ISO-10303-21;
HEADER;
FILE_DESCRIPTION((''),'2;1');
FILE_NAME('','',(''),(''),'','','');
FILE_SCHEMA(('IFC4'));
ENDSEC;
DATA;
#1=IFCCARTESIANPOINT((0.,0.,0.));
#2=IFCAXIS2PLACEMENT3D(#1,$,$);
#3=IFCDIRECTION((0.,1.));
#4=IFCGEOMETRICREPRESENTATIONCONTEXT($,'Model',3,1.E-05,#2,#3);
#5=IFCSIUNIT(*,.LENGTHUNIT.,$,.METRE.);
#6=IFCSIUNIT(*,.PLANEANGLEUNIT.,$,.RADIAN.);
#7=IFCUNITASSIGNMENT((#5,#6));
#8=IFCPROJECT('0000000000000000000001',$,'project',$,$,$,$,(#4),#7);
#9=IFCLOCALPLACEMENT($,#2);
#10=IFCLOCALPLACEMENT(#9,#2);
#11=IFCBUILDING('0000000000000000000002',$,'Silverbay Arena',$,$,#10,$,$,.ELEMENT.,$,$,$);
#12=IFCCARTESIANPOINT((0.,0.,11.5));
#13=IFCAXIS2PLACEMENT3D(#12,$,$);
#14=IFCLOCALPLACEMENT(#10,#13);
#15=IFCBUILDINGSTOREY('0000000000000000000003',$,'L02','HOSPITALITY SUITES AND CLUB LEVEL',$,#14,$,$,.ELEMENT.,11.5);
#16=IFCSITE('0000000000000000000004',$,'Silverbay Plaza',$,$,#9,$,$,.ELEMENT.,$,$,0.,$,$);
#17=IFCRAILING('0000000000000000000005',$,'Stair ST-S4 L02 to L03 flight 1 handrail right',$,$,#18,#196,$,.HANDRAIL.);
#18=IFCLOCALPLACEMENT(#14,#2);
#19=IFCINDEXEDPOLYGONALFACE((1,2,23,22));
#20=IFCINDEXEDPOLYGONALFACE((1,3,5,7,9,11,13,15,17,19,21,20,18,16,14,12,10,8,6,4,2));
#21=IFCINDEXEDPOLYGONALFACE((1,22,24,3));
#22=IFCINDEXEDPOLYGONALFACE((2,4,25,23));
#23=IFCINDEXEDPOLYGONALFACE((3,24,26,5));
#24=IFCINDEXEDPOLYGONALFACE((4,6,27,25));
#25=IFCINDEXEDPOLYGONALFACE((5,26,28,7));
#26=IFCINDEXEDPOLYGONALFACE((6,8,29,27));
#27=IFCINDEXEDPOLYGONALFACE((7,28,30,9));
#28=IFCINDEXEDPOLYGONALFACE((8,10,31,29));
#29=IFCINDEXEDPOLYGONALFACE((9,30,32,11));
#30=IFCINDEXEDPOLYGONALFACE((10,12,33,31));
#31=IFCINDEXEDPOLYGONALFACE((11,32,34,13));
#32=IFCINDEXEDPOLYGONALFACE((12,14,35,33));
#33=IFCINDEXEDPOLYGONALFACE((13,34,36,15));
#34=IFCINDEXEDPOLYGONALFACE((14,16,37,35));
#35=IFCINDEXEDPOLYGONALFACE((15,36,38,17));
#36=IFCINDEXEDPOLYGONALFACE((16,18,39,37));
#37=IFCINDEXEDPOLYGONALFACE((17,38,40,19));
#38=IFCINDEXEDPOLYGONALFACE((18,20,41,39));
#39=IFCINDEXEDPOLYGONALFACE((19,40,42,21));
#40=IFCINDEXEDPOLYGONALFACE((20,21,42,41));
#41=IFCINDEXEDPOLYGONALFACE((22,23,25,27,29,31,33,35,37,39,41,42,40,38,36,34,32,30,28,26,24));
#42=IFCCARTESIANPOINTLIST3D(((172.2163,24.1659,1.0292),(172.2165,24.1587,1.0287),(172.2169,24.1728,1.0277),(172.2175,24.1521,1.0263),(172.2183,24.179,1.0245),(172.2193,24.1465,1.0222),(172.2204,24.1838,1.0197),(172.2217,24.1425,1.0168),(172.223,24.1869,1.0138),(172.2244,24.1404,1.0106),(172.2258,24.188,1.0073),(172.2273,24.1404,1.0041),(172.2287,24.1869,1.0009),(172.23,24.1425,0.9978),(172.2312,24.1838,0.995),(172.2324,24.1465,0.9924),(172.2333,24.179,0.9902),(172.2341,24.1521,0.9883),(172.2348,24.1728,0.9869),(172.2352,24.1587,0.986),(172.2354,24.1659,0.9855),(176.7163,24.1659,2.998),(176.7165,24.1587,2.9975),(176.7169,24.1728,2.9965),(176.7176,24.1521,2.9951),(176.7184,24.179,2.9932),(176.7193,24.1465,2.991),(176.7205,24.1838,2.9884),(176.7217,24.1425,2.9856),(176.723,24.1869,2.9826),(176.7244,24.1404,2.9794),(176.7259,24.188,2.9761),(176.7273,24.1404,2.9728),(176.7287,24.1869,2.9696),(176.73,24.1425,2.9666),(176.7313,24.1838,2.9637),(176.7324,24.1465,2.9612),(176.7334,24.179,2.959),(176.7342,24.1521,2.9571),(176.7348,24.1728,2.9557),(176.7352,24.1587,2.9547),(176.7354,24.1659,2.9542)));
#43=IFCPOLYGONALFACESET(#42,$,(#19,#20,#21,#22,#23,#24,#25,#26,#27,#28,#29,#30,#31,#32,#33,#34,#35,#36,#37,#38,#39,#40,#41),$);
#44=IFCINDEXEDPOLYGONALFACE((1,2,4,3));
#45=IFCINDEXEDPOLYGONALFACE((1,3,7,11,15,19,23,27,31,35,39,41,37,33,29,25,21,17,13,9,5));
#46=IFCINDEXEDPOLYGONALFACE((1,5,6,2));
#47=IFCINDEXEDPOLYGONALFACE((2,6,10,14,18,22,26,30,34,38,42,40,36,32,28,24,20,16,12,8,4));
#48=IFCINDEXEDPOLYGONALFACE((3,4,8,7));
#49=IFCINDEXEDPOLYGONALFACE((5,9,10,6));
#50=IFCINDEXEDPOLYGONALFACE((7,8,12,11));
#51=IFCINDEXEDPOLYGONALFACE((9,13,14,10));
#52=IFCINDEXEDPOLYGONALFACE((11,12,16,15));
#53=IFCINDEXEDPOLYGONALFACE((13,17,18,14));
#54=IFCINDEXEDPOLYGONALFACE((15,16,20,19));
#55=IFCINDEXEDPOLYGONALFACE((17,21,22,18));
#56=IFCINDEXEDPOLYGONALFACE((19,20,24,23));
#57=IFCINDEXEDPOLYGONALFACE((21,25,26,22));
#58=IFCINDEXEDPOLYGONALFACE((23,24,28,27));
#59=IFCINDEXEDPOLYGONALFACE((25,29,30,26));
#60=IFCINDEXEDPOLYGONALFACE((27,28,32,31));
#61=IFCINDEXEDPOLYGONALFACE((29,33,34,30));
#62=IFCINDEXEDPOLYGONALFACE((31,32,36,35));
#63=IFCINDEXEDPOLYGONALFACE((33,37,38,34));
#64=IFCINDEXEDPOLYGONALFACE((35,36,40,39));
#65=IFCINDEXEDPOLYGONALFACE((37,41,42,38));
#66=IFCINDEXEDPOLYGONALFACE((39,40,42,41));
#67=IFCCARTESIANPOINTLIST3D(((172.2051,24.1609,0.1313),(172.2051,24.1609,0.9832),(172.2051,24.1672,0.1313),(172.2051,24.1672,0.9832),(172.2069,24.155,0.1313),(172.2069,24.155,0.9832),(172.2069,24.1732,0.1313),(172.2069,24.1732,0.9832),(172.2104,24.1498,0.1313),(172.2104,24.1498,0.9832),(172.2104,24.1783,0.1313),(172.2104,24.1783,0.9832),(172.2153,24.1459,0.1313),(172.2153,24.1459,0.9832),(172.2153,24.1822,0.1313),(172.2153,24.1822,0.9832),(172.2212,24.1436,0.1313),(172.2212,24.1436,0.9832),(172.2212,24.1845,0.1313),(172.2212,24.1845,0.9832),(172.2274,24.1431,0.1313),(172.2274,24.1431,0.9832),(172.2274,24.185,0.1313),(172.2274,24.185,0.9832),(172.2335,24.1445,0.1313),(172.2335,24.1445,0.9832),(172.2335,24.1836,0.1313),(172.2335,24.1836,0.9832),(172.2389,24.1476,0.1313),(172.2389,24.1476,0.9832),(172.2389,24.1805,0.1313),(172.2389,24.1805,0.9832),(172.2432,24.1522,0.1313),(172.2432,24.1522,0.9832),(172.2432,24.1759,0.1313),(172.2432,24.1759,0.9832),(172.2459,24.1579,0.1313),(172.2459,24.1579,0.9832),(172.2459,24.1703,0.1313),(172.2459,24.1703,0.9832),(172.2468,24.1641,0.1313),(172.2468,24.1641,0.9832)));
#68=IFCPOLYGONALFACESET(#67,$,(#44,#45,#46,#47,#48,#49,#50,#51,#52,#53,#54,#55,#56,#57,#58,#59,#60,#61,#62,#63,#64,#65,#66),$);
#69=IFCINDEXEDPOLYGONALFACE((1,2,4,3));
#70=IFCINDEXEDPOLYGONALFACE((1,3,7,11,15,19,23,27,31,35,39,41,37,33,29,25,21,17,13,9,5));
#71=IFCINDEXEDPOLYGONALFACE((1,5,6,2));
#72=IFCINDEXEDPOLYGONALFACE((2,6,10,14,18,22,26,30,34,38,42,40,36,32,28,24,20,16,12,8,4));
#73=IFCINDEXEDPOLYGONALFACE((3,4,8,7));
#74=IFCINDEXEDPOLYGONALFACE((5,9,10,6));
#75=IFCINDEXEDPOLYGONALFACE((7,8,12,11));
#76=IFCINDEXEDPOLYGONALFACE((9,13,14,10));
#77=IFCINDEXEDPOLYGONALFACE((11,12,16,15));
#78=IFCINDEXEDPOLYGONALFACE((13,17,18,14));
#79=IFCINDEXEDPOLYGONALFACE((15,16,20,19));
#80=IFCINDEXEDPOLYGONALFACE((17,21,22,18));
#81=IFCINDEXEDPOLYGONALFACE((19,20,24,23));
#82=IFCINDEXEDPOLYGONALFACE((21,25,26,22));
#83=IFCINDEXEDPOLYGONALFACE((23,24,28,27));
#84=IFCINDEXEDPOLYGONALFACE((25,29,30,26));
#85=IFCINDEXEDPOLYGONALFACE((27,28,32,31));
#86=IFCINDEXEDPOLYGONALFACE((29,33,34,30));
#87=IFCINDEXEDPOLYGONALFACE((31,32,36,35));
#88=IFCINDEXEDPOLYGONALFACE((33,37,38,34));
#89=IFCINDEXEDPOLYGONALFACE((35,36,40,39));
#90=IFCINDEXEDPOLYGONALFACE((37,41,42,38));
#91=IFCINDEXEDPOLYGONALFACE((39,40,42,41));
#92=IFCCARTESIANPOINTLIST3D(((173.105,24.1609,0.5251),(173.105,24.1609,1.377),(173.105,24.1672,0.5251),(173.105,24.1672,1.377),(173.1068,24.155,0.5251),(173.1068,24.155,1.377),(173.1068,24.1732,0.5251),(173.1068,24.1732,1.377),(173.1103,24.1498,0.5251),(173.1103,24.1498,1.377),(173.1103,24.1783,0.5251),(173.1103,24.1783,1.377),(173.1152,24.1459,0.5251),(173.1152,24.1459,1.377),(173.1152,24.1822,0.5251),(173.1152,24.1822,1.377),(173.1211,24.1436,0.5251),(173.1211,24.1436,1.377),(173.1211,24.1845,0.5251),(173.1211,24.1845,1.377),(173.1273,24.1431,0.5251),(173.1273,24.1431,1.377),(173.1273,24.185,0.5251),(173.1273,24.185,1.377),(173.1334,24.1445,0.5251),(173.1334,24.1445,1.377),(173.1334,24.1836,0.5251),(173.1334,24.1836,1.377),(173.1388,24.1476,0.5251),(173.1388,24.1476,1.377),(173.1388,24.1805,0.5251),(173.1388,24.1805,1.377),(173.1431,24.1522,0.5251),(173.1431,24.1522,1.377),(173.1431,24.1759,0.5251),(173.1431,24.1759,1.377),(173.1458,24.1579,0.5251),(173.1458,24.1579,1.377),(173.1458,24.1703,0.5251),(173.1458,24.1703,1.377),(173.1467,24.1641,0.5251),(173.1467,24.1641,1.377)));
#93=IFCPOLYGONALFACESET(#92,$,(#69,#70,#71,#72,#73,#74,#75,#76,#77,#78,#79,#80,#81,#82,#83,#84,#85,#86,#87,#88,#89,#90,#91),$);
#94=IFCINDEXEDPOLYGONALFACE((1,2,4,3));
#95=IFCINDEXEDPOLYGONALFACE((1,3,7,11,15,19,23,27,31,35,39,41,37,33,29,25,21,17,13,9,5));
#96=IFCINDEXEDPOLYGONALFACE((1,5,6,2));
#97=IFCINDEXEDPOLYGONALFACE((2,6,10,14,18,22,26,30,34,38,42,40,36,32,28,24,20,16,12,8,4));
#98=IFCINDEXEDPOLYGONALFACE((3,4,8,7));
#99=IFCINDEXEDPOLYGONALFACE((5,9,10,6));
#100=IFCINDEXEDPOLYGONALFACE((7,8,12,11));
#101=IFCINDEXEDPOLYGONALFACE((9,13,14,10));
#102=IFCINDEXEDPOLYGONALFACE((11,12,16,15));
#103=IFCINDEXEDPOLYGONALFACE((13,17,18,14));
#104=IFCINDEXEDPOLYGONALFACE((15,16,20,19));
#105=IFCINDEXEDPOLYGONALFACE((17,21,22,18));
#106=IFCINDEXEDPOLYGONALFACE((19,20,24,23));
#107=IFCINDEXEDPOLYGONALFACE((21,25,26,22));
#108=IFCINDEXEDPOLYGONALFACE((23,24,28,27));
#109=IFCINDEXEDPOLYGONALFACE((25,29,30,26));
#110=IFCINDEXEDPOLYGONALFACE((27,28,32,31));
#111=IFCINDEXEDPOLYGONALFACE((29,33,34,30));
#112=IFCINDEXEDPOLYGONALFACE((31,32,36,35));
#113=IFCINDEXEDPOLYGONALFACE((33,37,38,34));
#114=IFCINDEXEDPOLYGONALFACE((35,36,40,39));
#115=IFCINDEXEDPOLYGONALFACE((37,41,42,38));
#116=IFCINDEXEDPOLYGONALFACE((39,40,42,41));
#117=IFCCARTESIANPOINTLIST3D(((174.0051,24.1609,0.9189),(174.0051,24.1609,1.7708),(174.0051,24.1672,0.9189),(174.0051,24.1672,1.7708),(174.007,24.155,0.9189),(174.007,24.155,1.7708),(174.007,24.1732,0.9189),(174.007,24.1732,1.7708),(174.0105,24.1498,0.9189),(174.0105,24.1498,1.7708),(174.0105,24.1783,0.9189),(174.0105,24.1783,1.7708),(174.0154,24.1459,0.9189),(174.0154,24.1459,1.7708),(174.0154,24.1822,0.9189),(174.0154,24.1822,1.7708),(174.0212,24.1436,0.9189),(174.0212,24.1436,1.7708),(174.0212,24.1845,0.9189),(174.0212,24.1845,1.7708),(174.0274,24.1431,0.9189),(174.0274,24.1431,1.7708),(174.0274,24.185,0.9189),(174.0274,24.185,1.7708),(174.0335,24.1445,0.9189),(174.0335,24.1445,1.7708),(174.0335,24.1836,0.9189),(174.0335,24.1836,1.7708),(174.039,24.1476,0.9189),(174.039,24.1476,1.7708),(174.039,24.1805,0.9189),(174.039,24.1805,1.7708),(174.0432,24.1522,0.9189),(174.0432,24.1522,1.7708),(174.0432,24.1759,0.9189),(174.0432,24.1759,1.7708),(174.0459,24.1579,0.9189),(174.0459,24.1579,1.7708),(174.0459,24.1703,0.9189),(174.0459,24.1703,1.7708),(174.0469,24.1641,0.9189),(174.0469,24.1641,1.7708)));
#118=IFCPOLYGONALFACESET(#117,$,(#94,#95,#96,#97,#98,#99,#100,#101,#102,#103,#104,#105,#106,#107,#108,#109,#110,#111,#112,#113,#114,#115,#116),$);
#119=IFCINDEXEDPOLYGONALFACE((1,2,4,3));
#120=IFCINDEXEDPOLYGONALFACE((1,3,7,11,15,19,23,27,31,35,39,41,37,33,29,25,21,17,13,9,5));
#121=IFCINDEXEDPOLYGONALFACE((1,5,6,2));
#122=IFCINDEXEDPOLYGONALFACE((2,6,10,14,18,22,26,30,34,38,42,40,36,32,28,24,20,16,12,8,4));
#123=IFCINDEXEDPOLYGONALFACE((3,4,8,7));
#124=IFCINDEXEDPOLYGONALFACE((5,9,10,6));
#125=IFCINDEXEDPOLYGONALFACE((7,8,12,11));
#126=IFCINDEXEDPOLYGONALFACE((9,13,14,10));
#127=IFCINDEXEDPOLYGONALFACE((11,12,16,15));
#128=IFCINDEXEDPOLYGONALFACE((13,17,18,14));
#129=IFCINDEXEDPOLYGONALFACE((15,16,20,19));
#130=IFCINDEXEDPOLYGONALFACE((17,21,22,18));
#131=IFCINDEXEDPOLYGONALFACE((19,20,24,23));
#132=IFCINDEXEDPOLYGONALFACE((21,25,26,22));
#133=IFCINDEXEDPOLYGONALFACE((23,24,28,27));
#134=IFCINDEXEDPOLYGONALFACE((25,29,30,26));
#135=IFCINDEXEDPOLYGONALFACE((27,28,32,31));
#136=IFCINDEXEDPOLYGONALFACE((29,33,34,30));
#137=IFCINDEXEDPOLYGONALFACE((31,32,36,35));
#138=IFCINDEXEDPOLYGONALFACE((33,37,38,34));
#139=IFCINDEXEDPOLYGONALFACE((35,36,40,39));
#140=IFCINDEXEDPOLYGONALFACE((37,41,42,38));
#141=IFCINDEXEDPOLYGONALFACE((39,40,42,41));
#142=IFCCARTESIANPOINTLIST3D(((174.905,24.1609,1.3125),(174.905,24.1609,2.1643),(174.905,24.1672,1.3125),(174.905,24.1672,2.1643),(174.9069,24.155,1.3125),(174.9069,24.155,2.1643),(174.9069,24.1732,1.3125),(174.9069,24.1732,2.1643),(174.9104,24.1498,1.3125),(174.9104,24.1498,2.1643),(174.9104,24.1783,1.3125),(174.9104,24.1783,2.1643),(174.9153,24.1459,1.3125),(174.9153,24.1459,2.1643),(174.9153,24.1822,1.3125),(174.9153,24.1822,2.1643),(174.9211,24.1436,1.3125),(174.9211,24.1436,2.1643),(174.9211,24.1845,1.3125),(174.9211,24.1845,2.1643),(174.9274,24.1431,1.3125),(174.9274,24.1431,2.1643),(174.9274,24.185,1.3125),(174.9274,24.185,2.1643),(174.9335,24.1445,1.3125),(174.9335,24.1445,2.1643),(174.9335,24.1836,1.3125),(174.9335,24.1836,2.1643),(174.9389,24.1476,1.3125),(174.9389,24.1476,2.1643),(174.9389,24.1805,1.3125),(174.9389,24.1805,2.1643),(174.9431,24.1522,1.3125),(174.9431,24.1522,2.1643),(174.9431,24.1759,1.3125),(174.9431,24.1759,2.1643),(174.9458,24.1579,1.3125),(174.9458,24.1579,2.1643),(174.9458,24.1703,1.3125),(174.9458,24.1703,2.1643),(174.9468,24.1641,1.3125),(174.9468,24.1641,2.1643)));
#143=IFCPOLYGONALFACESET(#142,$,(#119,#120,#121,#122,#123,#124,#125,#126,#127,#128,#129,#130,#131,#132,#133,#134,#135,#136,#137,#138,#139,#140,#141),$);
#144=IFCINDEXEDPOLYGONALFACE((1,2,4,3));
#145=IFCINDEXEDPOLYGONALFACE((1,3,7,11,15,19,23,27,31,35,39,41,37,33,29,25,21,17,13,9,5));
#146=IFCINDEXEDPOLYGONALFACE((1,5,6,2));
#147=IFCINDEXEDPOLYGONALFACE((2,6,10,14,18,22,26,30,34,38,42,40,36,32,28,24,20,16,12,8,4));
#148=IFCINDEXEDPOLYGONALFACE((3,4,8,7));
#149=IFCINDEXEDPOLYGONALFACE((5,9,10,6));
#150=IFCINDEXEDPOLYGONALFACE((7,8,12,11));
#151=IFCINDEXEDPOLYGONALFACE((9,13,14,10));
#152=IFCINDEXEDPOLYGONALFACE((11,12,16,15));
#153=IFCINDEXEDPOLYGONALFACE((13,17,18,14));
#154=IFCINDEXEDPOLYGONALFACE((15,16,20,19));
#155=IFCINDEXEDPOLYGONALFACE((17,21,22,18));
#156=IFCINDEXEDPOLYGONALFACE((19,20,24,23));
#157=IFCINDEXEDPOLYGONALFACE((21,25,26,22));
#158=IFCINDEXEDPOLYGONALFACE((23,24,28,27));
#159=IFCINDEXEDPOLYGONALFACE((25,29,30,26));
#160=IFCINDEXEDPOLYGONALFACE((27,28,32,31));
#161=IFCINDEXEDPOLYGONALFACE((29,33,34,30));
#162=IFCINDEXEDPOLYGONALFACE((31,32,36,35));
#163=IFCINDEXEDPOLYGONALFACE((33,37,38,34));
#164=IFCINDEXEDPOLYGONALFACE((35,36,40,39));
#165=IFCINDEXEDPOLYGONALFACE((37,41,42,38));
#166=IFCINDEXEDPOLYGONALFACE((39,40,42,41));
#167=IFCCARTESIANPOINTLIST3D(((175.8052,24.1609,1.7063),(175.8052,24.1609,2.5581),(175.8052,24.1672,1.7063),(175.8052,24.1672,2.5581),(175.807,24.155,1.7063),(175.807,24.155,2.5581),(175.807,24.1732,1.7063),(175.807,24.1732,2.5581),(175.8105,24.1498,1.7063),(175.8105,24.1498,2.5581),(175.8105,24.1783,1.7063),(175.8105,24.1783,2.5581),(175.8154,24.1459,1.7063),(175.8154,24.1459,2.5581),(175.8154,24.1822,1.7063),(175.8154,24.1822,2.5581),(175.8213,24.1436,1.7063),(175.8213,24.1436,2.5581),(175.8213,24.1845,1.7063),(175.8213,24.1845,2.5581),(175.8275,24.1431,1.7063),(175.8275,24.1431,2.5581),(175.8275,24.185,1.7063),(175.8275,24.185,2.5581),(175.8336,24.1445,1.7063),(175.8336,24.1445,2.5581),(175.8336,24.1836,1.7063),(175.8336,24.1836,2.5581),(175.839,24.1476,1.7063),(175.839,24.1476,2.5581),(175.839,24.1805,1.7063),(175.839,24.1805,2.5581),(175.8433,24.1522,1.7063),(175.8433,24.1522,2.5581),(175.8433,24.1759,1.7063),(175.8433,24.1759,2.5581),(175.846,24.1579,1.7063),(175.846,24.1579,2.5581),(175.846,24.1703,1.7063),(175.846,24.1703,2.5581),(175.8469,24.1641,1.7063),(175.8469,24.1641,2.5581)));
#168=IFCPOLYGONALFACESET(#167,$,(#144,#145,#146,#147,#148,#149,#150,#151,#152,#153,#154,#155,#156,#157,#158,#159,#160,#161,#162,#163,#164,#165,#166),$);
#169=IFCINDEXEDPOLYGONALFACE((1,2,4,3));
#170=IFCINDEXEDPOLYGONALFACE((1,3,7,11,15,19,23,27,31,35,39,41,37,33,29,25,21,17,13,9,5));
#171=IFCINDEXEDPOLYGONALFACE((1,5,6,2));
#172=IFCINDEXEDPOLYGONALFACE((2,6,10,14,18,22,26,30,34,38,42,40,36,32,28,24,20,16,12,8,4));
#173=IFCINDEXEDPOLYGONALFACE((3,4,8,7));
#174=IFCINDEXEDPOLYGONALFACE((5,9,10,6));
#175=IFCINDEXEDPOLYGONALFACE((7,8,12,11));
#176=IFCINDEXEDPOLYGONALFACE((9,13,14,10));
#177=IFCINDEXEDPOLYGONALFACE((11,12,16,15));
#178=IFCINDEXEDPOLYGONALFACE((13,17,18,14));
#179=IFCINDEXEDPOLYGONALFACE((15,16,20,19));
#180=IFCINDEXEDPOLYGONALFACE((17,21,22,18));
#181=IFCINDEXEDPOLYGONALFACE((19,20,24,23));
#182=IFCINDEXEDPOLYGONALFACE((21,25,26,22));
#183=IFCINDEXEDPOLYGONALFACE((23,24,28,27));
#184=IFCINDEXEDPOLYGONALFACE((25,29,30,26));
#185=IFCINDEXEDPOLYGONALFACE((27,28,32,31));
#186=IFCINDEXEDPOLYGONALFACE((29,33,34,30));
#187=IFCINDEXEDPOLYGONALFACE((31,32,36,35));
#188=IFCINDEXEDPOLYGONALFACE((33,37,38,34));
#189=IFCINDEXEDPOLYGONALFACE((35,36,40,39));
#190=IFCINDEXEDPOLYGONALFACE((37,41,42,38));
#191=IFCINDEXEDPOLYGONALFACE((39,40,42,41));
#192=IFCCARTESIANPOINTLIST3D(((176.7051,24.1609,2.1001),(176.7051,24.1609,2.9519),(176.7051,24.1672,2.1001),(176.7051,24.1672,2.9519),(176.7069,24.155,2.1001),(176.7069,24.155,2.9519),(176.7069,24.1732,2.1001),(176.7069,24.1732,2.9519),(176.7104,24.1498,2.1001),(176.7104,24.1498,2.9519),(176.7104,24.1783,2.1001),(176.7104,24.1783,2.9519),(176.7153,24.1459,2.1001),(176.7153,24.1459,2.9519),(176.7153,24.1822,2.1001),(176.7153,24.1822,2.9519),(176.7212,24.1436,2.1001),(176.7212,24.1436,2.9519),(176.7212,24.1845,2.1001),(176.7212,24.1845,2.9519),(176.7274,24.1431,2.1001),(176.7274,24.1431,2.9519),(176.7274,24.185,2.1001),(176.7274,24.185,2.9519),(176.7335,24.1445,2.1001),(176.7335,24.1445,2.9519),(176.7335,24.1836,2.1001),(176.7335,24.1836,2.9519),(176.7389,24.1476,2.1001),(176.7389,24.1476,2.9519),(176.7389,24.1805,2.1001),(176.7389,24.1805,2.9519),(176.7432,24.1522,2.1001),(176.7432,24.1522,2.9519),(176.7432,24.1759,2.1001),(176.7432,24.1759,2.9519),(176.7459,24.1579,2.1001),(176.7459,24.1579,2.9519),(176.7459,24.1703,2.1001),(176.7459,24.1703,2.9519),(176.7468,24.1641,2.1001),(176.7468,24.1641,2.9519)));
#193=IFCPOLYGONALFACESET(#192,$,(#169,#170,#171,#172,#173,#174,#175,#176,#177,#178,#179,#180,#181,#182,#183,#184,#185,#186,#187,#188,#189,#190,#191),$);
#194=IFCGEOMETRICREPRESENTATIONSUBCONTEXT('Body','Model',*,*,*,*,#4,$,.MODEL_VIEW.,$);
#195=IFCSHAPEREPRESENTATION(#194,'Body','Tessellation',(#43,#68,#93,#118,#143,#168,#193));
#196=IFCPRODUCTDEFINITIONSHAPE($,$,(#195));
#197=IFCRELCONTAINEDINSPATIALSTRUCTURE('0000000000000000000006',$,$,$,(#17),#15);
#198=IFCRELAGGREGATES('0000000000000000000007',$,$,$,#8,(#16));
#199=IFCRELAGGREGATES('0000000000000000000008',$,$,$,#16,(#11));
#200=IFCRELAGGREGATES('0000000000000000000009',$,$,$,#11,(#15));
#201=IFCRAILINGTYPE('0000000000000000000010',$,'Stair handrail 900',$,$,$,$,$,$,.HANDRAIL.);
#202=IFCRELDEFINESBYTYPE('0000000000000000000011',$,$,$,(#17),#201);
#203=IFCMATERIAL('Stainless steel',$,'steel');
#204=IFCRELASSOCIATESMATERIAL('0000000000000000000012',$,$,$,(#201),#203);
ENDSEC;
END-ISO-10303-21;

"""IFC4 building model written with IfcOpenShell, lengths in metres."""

from ifc_helpers import new_model, si_unit, direction, frame, origin, origin_2d, place, context, subcontext, project, spatial, circle, extrude, material, type_object, element, save


model = new_model("IFC4")

# Units and contexts
model_context = context("Model", 3, precision=1e-05, world=origin(), true_north=direction((0.0, 1.0)))
body_context = subcontext(model_context, "Body", "Model", "MODEL_VIEW")
ifc_project = project(units=[si_unit("LENGTHUNIT", "METRE"), si_unit("PLANEANGLEUNIT", "RADIAN")], contexts=[model_context])

# Site, building, storey
site_placement = place(None, origin())
site = spatial("IfcSite", under=ifc_project, at=site_placement, Name="Silverbay Plaza", CompositionType="ELEMENT", RefElevation=0.0)
building_placement = place(site_placement, origin())
building = spatial("IfcBuilding", under=site, at=building_placement, Name="Silverbay Arena", CompositionType="ELEMENT")
storey_placement = place(building_placement, frame((0.0, 0.0, 11.5)))
storey = spatial("IfcBuildingStorey", under=building, at=storey_placement, Name="L02", Description="HOSPITALITY SUITES AND CLUB LEVEL", CompositionType="ELEMENT", Elevation=11.5)

# Railing
ifc_material_1 = material(Name="Stainless steel", Category="steel")
railing_type_1 = type_object("IfcRailingType", Name="Stair handrail 900", PredefinedType="HANDRAIL", material=ifc_material_1)
for number, where, name in (
    (1, (172.2258, 24.1641, 0.1313), "Stair ST-S4 L02 to L03 flight 1 handrail right"),
):
    element("IfcRailing", number, at=place(storey_placement, frame(where)), inside=storey, type_object=railing_type_1, Name=name, PredefinedType="HANDRAIL", context=body_context, shape_type="SweptSolid", body=[
        extrude(circle(Radius=0.0239, at=origin_2d()), frame((0.0, 0.0, 0.876), z_axis=(0.916157, 0.0, 0.400819), x_axis=(0.0, 1.0, 0.0)), (0.0, 0.0, 1.0), 4.9119),
        extrude(circle(Radius=0.021, at=origin_2d()), origin(), (0.0, 0.0, 1.0), 0.8518),
        extrude(circle(Radius=0.021, at=origin_2d()), frame((0.8999, 0.0, 0.3938)), (0.0, 0.0, 1.0), 0.8518),
        extrude(circle(Radius=0.021, at=origin_2d()), frame((1.8, 0.0, 0.7876)), (0.0, 0.0, 1.0), 0.8518),
        extrude(circle(Radius=0.021, at=origin_2d()), frame((2.7, 0.0, 1.1812)), (0.0, 0.0, 1.0), 0.8518),
        extrude(circle(Radius=0.021, at=origin_2d()), frame((3.6001, 0.0, 1.575)), (0.0, 0.0, 1.0), 0.8518),
        extrude(circle(Radius=0.021, at=origin_2d()), frame((4.5, 0.0, 1.9688)), (0.0, 0.0, 1.0), 0.8518),
    ])

save(model, "model.ifc")
